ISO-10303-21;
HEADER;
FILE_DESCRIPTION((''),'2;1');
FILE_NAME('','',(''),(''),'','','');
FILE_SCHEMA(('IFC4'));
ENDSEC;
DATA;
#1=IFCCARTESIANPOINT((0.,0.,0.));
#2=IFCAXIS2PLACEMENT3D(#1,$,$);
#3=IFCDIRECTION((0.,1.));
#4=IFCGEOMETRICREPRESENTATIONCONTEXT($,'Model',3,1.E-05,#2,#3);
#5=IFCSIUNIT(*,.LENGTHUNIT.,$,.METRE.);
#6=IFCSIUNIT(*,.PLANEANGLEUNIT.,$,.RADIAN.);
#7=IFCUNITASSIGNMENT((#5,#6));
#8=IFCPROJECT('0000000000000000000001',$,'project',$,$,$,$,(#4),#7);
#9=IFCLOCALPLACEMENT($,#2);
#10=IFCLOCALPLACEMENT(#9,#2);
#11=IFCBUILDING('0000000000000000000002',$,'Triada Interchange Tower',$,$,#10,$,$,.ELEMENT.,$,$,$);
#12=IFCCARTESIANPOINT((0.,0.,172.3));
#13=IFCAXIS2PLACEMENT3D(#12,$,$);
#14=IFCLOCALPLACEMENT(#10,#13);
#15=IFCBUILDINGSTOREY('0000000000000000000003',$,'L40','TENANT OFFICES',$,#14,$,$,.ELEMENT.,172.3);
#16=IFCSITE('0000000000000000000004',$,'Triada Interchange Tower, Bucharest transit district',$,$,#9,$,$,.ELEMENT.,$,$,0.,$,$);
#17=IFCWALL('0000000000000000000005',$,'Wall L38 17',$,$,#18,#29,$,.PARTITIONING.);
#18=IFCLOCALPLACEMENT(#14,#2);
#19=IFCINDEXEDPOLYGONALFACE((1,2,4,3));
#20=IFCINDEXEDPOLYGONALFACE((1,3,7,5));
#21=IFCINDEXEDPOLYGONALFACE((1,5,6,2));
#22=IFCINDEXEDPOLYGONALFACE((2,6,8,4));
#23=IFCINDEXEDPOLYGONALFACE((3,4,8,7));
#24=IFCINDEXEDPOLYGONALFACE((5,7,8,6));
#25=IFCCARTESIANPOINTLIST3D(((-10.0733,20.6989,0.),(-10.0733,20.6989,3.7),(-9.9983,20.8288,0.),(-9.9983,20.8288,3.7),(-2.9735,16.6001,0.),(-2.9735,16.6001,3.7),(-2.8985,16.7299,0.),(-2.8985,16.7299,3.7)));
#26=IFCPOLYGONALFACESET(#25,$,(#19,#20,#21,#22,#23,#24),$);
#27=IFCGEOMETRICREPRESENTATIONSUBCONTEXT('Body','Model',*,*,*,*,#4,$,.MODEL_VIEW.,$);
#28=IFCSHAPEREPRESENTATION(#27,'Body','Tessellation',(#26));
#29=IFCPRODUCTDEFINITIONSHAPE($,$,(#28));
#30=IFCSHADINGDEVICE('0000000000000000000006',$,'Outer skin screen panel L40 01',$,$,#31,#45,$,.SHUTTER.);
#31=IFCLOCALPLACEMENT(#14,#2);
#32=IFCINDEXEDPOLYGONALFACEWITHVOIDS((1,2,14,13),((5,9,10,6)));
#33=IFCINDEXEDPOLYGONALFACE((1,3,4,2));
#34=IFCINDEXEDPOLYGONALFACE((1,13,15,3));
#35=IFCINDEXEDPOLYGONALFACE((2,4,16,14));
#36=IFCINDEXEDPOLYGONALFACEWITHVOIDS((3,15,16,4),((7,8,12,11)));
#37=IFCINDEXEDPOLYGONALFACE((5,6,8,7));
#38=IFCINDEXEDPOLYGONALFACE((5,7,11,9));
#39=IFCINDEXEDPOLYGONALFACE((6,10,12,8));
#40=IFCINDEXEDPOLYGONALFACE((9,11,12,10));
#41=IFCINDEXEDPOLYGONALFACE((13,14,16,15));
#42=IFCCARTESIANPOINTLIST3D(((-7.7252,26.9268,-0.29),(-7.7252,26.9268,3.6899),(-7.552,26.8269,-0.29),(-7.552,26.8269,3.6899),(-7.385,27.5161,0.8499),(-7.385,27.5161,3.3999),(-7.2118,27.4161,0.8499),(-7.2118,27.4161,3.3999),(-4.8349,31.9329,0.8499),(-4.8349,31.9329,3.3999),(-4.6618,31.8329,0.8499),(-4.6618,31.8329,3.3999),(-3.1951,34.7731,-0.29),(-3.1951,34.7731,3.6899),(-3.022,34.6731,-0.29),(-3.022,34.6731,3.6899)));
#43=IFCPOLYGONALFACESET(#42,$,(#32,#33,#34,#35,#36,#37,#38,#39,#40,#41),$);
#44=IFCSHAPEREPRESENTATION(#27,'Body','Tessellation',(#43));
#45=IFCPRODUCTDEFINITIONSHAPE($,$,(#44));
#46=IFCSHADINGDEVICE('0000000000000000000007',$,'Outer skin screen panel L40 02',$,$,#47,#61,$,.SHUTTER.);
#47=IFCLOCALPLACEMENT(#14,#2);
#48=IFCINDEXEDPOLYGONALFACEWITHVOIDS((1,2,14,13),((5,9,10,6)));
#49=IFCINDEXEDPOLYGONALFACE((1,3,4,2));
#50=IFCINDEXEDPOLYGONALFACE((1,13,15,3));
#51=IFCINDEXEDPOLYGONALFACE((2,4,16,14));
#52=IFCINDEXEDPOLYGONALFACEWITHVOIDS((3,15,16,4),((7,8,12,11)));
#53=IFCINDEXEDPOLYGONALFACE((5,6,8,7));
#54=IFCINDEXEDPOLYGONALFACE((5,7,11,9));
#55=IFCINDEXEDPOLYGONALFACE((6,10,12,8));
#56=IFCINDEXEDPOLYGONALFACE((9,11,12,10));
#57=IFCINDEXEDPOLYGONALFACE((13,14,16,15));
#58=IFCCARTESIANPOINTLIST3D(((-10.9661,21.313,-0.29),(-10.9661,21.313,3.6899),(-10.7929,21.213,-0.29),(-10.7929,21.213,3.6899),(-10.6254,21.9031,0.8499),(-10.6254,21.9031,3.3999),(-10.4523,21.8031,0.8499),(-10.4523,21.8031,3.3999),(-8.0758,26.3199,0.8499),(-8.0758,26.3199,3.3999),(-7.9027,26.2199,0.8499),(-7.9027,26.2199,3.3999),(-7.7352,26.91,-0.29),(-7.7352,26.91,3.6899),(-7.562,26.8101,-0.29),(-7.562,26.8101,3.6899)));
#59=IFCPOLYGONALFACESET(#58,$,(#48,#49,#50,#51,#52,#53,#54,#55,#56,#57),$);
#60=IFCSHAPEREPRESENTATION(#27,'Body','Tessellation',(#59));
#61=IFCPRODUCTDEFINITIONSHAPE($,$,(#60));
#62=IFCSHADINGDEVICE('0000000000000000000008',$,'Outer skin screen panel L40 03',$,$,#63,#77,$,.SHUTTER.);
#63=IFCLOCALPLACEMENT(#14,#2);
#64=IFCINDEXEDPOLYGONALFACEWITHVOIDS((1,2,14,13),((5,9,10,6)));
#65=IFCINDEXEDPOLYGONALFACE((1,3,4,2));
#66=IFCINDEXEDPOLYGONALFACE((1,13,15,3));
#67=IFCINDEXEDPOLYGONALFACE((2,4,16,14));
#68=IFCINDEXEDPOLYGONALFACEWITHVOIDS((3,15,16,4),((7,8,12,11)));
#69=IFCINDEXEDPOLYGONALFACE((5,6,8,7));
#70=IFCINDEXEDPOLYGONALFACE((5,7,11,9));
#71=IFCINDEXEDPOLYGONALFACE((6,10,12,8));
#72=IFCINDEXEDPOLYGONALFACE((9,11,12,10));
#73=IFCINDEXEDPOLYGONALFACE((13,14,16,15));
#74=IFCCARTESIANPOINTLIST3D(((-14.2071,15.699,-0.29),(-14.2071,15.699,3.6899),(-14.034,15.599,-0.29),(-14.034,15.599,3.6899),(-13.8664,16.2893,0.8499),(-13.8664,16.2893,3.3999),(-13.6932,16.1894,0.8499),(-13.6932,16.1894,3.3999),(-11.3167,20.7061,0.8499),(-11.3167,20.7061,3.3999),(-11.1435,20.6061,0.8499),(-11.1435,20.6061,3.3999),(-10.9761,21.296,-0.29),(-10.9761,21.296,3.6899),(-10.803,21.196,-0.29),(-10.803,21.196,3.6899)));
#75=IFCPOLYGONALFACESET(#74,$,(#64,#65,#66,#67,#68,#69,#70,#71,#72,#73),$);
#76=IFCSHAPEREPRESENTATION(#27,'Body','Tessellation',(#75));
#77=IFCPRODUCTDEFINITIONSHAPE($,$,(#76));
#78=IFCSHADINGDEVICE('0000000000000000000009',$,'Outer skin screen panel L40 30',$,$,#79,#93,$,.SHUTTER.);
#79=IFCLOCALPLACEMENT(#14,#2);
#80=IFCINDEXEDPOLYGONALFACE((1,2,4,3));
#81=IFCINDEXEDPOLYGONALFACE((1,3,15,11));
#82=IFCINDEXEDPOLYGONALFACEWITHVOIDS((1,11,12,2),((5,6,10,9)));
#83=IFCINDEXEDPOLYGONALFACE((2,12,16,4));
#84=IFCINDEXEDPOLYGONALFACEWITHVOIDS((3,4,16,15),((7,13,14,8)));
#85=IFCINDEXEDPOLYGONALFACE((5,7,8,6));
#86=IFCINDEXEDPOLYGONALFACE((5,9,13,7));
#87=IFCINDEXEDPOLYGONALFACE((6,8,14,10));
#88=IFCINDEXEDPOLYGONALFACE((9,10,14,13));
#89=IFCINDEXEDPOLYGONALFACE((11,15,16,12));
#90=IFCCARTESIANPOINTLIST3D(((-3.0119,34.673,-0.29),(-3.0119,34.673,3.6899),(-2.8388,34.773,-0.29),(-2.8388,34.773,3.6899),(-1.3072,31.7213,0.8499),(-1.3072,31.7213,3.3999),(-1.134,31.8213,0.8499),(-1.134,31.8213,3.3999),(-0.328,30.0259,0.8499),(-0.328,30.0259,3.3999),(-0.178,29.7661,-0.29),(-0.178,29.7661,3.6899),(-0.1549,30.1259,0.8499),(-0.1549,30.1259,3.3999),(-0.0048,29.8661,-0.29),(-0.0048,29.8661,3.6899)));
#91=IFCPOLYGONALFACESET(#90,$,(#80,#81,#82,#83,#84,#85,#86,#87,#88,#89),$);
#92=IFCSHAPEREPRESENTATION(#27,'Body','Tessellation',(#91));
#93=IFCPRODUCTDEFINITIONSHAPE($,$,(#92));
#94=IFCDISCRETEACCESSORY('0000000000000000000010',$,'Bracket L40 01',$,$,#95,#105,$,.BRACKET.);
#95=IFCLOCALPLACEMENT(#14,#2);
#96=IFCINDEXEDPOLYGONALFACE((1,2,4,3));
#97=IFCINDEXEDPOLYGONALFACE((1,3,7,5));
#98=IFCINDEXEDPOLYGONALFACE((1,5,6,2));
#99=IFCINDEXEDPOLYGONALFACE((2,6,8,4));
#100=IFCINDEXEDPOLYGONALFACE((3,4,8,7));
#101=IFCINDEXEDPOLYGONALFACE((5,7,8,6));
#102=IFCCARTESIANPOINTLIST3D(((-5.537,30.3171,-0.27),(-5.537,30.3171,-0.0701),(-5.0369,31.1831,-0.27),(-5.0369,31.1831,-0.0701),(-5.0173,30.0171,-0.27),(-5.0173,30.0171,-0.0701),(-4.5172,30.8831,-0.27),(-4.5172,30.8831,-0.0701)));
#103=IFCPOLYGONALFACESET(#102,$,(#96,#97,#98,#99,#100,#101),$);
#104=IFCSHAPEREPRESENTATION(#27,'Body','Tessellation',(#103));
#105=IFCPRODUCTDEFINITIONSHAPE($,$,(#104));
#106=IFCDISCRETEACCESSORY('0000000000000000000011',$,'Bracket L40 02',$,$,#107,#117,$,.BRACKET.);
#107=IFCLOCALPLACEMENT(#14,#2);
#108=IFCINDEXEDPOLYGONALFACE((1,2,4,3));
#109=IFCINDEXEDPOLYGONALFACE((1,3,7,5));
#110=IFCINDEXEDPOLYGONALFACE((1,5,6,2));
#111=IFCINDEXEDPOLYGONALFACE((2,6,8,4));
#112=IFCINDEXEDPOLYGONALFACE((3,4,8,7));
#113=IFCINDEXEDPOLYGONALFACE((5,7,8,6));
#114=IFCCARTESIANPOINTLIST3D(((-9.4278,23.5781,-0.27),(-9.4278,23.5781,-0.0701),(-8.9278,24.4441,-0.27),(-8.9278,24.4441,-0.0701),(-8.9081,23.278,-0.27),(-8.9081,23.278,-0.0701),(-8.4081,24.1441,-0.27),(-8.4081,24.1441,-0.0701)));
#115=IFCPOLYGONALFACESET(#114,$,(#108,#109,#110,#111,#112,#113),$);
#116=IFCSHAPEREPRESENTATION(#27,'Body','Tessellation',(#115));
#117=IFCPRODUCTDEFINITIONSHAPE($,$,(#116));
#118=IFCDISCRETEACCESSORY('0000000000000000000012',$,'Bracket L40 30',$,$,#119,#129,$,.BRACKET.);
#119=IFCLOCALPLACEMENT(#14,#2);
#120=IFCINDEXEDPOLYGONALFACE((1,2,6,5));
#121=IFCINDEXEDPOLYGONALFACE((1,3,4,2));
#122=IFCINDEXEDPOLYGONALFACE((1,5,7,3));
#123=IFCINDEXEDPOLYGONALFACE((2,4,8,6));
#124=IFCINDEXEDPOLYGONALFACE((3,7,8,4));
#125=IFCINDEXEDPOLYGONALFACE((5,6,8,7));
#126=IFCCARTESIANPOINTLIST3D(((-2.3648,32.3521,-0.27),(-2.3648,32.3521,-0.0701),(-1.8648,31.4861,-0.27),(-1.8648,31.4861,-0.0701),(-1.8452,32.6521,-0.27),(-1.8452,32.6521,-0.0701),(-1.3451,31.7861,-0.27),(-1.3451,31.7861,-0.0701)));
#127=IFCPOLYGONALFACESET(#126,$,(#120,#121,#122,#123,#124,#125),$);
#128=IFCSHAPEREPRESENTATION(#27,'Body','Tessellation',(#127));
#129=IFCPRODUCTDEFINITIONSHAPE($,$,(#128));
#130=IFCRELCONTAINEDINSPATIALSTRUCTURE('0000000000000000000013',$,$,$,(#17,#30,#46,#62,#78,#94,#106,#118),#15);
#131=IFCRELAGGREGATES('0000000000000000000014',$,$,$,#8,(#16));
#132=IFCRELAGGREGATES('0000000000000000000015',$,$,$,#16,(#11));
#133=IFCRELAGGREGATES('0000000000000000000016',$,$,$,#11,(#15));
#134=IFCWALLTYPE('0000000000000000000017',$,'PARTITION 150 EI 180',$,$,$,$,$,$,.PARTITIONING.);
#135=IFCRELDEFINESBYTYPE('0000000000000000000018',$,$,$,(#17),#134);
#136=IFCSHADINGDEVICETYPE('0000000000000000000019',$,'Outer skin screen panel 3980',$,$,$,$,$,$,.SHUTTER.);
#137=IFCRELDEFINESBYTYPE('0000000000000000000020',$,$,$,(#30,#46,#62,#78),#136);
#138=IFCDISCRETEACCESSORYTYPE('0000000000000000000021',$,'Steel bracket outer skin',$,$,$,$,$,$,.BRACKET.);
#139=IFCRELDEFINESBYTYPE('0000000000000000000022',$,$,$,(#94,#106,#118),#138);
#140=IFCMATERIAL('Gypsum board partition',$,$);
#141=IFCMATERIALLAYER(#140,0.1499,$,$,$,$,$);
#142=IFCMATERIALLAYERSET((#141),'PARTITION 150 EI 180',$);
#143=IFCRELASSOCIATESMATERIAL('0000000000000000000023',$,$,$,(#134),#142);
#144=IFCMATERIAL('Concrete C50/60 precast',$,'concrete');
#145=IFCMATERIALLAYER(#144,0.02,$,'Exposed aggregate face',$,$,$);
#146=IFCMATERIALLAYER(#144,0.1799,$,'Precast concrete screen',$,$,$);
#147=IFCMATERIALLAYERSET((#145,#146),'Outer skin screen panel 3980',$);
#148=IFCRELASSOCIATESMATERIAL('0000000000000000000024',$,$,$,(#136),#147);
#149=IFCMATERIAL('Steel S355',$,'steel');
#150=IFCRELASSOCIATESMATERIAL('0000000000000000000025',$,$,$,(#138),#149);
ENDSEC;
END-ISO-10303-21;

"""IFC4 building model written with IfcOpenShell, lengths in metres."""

from ifc_helpers import new_model, si_unit, direction, frame, frame_2d, origin, origin_2d, place, context, subcontext, project, spatial, polyline, rectangle, outline, extrude, material, layer, layer_set, type_object, element, save


model = new_model("IFC4")

# Units and contexts
model_context = context("Model", 3, precision=1e-05, world=origin(), true_north=direction((0.0, 1.0)))
body_context = subcontext(model_context, "Body", "Model", "MODEL_VIEW")
ifc_project = project(units=[si_unit("LENGTHUNIT", "METRE"), si_unit("PLANEANGLEUNIT", "RADIAN")], contexts=[model_context])

# Site, building, storey
site_placement = place(None, origin())
site = spatial("IfcSite", under=ifc_project, at=site_placement, Name="Triada Interchange Tower, Bucharest transit district", CompositionType="ELEMENT", RefElevation=0.0)
building_placement = place(site_placement, origin())
building = spatial("IfcBuilding", under=site, at=building_placement, Name="Triada Interchange Tower", CompositionType="ELEMENT")
storey_placement = place(building_placement, frame((0.0, 0.0, 172.3)))
storey = spatial("IfcBuildingStorey", under=building, at=storey_placement, Name="L40", Description="TENANT OFFICES", CompositionType="ELEMENT", Elevation=172.3)

# Wall
ifc_material_1 = material(Name="Gypsum board partition")
ifc_layer_1 = layer(ifc_material_1, 0.1499)
ifc_layer_set_1 = layer_set([ifc_layer_1], Name="PARTITION 150 EI 180")
wall_type_1 = type_object("IfcWallType", Name="PARTITION 150 EI 180", PredefinedType="PARTITIONING", material=ifc_layer_set_1)
wall_1_placement = place(storey_placement, frame((-10.0359, 20.7639, 0.0), z_axis=(0.0, 0.0, 1.0), x_axis=(0.866037, -0.499979, 0.0)))
element("IfcWall", 1, at=wall_1_placement, inside=storey, type_object=wall_type_1, Name="Wall L38 17", PredefinedType="PARTITIONING", context=body_context, shape_type="SweptSolid", body=[
    extrude(rectangle(XDim=8.198, YDim=0.1499, at=frame_2d((4.0991, 0.0))), origin(), (0.0, 0.0, 1.0), 3.7),
])

# Shading devices
ifc_material_2 = material(Name="Concrete C50/60 precast", Category="concrete")
ifc_layer_2 = layer(ifc_material_2, 0.02, Name="Exposed aggregate face")
ifc_layer_3 = layer(ifc_material_2, 0.1799, Name="Precast concrete screen")
ifc_layer_set_2 = layer_set([ifc_layer_2, ifc_layer_3], Name="Outer skin screen panel 3980")
shading_device_type = type_object("IfcShadingDeviceType", Name="Outer skin screen panel 3980", PredefinedType="SHUTTER", material=ifc_layer_set_2)
shading_device_1_placement = place(storey_placement, frame((-3.022, 34.6731, -0.29), z_axis=(0.0, 0.0, 1.0), x_axis=(-0.500002, -0.866024, 0.0)))
element("IfcShadingDevice", 2, at=shading_device_1_placement, inside=storey, type_object=shading_device_type, Name="Outer skin screen panel L40 01", PredefinedType="SHUTTER", context=body_context, shape_type="SweptSolid", body=[
    extrude(outline(polyline([(0.0, 0.0), (9.0601, 0.0), (9.0601, 3.98), (0.0, 3.98), (0.0, 0.0)]), holes=[polyline([(3.2795, 1.1399), (3.2795, 3.6899), (8.3796, 3.6899), (8.3796, 1.1399), (3.2795, 1.1399)])]), frame((0.0, 0.0, 0.0), z_axis=(0.0, -1.0, 0.0), x_axis=(1.0, 0.0, 0.0)), (0.0, 0.0, 1.0), 0.2),
])
shading_device_2_placement = place(storey_placement, frame((-7.562, 26.8101, -0.29), z_axis=(0.0, 0.0, 1.0), x_axis=(-0.499934, -0.866064, 0.0)))
element("IfcShadingDevice", 3, at=shading_device_2_placement, inside=storey, type_object=shading_device_type, Name="Outer skin screen panel L40 02", PredefinedType="SHUTTER", context=body_context, shape_type="SweptSolid", body=[
    extrude(outline(polyline([(0.0, 0.0), (6.4626, 0.0), (6.4626, 3.98), (0.0, 3.98), (0.0, 0.0)]), holes=[polyline([(0.6814, 1.1399), (0.6814, 3.6899), (5.7812, 3.6899), (5.7812, 1.1399), (0.6814, 1.1399)])]), frame((0.0, 0.0, 0.0), z_axis=(0.0, -1.0, 0.0), x_axis=(1.0, 0.0, 0.0)), (0.0, 0.0, 1.0), 0.2),
])
shading_device_3_placement = place(storey_placement, frame((-10.803, 21.196, -0.29), z_axis=(0.0, 0.0, 1.0), x_axis=(-0.49995, -0.866054, 0.0)))
element("IfcShadingDevice", 4, at=shading_device_3_placement, inside=storey, type_object=shading_device_type, Name="Outer skin screen panel L40 03", PredefinedType="SHUTTER", context=body_context, shape_type="SweptSolid", body=[
    extrude(outline(polyline([(0.0, 0.0), (6.4626, 0.0), (6.4626, 3.98), (0.0, 3.98), (0.0, 0.0)]), holes=[polyline([(0.6812, 1.1399), (0.6812, 3.6899), (5.781, 3.6899), (5.781, 1.1399), (0.6812, 1.1399)])]), frame((0.0, 0.0, 0.0), z_axis=(0.0, -1.0, 0.0), x_axis=(1.0, 0.0, 0.0)), (0.0, 0.0, 1.0), 0.2),
])
shading_device_4_placement = place(storey_placement, frame((-0.178, 29.7661, -0.29), z_axis=(0.0, 0.0, 1.0), x_axis=(-0.500124, 0.865954, 0.0)))
element("IfcShadingDevice", 5, at=shading_device_4_placement, inside=storey, type_object=shading_device_type, Name="Outer skin screen panel L40 30", PredefinedType="SHUTTER", context=body_context, shape_type="SweptSolid", body=[
    extrude(outline(polyline([(0.0, 0.0), (5.6665, 0.0), (5.6665, 3.98), (0.0, 3.98), (0.0, 0.0)]), holes=[polyline([(0.3, 1.1399), (0.3, 3.6899), (2.2578, 3.6899), (2.2578, 1.1399), (0.3, 1.1399)])]), frame((0.0, 0.0, 0.0), z_axis=(0.0, -1.0, 0.0), x_axis=(1.0, 0.0, 0.0)), (0.0, 0.0, 1.0), 0.2),
])

# Discrete accessories
ifc_material_3 = material(Name="Steel S355", Category="steel")
discrete_accessory_type = type_object("IfcDiscreteAccessoryType", Name="Steel bracket outer skin", PredefinedType="BRACKET", material=ifc_material_3)
for number, where, z_axis, x_axis, name in (
    (6, (-5.0271, 30.6001, -0.27), (0.0, 0.0, 1.0), (-0.866023, 0.500005, 0.0), "Bracket L40 01"),
    (7, (-8.918, 23.8611, -0.27), (0.0, 0.0, 1.0), (-0.866023, 0.500005, 0.0), "Bracket L40 02"),
    (8, (-1.855, 32.0691, -0.27), (0.0, 0.0, 1.0), (0.866001, 0.500043, 0.0), "Bracket L40 30"),
):
    element("IfcDiscreteAccessory", number, at=place(storey_placement, frame(where, z_axis=z_axis, x_axis=x_axis)), inside=storey, type_object=discrete_accessory_type, Name=name, PredefinedType="BRACKET", context=body_context, shape_type="SweptSolid", body=[
        extrude(rectangle(XDim=0.6001, YDim=1.0, at=origin_2d()), origin(), (0.0, 0.0, 1.0), 0.2),
    ])

save(model, "model.ifc")
